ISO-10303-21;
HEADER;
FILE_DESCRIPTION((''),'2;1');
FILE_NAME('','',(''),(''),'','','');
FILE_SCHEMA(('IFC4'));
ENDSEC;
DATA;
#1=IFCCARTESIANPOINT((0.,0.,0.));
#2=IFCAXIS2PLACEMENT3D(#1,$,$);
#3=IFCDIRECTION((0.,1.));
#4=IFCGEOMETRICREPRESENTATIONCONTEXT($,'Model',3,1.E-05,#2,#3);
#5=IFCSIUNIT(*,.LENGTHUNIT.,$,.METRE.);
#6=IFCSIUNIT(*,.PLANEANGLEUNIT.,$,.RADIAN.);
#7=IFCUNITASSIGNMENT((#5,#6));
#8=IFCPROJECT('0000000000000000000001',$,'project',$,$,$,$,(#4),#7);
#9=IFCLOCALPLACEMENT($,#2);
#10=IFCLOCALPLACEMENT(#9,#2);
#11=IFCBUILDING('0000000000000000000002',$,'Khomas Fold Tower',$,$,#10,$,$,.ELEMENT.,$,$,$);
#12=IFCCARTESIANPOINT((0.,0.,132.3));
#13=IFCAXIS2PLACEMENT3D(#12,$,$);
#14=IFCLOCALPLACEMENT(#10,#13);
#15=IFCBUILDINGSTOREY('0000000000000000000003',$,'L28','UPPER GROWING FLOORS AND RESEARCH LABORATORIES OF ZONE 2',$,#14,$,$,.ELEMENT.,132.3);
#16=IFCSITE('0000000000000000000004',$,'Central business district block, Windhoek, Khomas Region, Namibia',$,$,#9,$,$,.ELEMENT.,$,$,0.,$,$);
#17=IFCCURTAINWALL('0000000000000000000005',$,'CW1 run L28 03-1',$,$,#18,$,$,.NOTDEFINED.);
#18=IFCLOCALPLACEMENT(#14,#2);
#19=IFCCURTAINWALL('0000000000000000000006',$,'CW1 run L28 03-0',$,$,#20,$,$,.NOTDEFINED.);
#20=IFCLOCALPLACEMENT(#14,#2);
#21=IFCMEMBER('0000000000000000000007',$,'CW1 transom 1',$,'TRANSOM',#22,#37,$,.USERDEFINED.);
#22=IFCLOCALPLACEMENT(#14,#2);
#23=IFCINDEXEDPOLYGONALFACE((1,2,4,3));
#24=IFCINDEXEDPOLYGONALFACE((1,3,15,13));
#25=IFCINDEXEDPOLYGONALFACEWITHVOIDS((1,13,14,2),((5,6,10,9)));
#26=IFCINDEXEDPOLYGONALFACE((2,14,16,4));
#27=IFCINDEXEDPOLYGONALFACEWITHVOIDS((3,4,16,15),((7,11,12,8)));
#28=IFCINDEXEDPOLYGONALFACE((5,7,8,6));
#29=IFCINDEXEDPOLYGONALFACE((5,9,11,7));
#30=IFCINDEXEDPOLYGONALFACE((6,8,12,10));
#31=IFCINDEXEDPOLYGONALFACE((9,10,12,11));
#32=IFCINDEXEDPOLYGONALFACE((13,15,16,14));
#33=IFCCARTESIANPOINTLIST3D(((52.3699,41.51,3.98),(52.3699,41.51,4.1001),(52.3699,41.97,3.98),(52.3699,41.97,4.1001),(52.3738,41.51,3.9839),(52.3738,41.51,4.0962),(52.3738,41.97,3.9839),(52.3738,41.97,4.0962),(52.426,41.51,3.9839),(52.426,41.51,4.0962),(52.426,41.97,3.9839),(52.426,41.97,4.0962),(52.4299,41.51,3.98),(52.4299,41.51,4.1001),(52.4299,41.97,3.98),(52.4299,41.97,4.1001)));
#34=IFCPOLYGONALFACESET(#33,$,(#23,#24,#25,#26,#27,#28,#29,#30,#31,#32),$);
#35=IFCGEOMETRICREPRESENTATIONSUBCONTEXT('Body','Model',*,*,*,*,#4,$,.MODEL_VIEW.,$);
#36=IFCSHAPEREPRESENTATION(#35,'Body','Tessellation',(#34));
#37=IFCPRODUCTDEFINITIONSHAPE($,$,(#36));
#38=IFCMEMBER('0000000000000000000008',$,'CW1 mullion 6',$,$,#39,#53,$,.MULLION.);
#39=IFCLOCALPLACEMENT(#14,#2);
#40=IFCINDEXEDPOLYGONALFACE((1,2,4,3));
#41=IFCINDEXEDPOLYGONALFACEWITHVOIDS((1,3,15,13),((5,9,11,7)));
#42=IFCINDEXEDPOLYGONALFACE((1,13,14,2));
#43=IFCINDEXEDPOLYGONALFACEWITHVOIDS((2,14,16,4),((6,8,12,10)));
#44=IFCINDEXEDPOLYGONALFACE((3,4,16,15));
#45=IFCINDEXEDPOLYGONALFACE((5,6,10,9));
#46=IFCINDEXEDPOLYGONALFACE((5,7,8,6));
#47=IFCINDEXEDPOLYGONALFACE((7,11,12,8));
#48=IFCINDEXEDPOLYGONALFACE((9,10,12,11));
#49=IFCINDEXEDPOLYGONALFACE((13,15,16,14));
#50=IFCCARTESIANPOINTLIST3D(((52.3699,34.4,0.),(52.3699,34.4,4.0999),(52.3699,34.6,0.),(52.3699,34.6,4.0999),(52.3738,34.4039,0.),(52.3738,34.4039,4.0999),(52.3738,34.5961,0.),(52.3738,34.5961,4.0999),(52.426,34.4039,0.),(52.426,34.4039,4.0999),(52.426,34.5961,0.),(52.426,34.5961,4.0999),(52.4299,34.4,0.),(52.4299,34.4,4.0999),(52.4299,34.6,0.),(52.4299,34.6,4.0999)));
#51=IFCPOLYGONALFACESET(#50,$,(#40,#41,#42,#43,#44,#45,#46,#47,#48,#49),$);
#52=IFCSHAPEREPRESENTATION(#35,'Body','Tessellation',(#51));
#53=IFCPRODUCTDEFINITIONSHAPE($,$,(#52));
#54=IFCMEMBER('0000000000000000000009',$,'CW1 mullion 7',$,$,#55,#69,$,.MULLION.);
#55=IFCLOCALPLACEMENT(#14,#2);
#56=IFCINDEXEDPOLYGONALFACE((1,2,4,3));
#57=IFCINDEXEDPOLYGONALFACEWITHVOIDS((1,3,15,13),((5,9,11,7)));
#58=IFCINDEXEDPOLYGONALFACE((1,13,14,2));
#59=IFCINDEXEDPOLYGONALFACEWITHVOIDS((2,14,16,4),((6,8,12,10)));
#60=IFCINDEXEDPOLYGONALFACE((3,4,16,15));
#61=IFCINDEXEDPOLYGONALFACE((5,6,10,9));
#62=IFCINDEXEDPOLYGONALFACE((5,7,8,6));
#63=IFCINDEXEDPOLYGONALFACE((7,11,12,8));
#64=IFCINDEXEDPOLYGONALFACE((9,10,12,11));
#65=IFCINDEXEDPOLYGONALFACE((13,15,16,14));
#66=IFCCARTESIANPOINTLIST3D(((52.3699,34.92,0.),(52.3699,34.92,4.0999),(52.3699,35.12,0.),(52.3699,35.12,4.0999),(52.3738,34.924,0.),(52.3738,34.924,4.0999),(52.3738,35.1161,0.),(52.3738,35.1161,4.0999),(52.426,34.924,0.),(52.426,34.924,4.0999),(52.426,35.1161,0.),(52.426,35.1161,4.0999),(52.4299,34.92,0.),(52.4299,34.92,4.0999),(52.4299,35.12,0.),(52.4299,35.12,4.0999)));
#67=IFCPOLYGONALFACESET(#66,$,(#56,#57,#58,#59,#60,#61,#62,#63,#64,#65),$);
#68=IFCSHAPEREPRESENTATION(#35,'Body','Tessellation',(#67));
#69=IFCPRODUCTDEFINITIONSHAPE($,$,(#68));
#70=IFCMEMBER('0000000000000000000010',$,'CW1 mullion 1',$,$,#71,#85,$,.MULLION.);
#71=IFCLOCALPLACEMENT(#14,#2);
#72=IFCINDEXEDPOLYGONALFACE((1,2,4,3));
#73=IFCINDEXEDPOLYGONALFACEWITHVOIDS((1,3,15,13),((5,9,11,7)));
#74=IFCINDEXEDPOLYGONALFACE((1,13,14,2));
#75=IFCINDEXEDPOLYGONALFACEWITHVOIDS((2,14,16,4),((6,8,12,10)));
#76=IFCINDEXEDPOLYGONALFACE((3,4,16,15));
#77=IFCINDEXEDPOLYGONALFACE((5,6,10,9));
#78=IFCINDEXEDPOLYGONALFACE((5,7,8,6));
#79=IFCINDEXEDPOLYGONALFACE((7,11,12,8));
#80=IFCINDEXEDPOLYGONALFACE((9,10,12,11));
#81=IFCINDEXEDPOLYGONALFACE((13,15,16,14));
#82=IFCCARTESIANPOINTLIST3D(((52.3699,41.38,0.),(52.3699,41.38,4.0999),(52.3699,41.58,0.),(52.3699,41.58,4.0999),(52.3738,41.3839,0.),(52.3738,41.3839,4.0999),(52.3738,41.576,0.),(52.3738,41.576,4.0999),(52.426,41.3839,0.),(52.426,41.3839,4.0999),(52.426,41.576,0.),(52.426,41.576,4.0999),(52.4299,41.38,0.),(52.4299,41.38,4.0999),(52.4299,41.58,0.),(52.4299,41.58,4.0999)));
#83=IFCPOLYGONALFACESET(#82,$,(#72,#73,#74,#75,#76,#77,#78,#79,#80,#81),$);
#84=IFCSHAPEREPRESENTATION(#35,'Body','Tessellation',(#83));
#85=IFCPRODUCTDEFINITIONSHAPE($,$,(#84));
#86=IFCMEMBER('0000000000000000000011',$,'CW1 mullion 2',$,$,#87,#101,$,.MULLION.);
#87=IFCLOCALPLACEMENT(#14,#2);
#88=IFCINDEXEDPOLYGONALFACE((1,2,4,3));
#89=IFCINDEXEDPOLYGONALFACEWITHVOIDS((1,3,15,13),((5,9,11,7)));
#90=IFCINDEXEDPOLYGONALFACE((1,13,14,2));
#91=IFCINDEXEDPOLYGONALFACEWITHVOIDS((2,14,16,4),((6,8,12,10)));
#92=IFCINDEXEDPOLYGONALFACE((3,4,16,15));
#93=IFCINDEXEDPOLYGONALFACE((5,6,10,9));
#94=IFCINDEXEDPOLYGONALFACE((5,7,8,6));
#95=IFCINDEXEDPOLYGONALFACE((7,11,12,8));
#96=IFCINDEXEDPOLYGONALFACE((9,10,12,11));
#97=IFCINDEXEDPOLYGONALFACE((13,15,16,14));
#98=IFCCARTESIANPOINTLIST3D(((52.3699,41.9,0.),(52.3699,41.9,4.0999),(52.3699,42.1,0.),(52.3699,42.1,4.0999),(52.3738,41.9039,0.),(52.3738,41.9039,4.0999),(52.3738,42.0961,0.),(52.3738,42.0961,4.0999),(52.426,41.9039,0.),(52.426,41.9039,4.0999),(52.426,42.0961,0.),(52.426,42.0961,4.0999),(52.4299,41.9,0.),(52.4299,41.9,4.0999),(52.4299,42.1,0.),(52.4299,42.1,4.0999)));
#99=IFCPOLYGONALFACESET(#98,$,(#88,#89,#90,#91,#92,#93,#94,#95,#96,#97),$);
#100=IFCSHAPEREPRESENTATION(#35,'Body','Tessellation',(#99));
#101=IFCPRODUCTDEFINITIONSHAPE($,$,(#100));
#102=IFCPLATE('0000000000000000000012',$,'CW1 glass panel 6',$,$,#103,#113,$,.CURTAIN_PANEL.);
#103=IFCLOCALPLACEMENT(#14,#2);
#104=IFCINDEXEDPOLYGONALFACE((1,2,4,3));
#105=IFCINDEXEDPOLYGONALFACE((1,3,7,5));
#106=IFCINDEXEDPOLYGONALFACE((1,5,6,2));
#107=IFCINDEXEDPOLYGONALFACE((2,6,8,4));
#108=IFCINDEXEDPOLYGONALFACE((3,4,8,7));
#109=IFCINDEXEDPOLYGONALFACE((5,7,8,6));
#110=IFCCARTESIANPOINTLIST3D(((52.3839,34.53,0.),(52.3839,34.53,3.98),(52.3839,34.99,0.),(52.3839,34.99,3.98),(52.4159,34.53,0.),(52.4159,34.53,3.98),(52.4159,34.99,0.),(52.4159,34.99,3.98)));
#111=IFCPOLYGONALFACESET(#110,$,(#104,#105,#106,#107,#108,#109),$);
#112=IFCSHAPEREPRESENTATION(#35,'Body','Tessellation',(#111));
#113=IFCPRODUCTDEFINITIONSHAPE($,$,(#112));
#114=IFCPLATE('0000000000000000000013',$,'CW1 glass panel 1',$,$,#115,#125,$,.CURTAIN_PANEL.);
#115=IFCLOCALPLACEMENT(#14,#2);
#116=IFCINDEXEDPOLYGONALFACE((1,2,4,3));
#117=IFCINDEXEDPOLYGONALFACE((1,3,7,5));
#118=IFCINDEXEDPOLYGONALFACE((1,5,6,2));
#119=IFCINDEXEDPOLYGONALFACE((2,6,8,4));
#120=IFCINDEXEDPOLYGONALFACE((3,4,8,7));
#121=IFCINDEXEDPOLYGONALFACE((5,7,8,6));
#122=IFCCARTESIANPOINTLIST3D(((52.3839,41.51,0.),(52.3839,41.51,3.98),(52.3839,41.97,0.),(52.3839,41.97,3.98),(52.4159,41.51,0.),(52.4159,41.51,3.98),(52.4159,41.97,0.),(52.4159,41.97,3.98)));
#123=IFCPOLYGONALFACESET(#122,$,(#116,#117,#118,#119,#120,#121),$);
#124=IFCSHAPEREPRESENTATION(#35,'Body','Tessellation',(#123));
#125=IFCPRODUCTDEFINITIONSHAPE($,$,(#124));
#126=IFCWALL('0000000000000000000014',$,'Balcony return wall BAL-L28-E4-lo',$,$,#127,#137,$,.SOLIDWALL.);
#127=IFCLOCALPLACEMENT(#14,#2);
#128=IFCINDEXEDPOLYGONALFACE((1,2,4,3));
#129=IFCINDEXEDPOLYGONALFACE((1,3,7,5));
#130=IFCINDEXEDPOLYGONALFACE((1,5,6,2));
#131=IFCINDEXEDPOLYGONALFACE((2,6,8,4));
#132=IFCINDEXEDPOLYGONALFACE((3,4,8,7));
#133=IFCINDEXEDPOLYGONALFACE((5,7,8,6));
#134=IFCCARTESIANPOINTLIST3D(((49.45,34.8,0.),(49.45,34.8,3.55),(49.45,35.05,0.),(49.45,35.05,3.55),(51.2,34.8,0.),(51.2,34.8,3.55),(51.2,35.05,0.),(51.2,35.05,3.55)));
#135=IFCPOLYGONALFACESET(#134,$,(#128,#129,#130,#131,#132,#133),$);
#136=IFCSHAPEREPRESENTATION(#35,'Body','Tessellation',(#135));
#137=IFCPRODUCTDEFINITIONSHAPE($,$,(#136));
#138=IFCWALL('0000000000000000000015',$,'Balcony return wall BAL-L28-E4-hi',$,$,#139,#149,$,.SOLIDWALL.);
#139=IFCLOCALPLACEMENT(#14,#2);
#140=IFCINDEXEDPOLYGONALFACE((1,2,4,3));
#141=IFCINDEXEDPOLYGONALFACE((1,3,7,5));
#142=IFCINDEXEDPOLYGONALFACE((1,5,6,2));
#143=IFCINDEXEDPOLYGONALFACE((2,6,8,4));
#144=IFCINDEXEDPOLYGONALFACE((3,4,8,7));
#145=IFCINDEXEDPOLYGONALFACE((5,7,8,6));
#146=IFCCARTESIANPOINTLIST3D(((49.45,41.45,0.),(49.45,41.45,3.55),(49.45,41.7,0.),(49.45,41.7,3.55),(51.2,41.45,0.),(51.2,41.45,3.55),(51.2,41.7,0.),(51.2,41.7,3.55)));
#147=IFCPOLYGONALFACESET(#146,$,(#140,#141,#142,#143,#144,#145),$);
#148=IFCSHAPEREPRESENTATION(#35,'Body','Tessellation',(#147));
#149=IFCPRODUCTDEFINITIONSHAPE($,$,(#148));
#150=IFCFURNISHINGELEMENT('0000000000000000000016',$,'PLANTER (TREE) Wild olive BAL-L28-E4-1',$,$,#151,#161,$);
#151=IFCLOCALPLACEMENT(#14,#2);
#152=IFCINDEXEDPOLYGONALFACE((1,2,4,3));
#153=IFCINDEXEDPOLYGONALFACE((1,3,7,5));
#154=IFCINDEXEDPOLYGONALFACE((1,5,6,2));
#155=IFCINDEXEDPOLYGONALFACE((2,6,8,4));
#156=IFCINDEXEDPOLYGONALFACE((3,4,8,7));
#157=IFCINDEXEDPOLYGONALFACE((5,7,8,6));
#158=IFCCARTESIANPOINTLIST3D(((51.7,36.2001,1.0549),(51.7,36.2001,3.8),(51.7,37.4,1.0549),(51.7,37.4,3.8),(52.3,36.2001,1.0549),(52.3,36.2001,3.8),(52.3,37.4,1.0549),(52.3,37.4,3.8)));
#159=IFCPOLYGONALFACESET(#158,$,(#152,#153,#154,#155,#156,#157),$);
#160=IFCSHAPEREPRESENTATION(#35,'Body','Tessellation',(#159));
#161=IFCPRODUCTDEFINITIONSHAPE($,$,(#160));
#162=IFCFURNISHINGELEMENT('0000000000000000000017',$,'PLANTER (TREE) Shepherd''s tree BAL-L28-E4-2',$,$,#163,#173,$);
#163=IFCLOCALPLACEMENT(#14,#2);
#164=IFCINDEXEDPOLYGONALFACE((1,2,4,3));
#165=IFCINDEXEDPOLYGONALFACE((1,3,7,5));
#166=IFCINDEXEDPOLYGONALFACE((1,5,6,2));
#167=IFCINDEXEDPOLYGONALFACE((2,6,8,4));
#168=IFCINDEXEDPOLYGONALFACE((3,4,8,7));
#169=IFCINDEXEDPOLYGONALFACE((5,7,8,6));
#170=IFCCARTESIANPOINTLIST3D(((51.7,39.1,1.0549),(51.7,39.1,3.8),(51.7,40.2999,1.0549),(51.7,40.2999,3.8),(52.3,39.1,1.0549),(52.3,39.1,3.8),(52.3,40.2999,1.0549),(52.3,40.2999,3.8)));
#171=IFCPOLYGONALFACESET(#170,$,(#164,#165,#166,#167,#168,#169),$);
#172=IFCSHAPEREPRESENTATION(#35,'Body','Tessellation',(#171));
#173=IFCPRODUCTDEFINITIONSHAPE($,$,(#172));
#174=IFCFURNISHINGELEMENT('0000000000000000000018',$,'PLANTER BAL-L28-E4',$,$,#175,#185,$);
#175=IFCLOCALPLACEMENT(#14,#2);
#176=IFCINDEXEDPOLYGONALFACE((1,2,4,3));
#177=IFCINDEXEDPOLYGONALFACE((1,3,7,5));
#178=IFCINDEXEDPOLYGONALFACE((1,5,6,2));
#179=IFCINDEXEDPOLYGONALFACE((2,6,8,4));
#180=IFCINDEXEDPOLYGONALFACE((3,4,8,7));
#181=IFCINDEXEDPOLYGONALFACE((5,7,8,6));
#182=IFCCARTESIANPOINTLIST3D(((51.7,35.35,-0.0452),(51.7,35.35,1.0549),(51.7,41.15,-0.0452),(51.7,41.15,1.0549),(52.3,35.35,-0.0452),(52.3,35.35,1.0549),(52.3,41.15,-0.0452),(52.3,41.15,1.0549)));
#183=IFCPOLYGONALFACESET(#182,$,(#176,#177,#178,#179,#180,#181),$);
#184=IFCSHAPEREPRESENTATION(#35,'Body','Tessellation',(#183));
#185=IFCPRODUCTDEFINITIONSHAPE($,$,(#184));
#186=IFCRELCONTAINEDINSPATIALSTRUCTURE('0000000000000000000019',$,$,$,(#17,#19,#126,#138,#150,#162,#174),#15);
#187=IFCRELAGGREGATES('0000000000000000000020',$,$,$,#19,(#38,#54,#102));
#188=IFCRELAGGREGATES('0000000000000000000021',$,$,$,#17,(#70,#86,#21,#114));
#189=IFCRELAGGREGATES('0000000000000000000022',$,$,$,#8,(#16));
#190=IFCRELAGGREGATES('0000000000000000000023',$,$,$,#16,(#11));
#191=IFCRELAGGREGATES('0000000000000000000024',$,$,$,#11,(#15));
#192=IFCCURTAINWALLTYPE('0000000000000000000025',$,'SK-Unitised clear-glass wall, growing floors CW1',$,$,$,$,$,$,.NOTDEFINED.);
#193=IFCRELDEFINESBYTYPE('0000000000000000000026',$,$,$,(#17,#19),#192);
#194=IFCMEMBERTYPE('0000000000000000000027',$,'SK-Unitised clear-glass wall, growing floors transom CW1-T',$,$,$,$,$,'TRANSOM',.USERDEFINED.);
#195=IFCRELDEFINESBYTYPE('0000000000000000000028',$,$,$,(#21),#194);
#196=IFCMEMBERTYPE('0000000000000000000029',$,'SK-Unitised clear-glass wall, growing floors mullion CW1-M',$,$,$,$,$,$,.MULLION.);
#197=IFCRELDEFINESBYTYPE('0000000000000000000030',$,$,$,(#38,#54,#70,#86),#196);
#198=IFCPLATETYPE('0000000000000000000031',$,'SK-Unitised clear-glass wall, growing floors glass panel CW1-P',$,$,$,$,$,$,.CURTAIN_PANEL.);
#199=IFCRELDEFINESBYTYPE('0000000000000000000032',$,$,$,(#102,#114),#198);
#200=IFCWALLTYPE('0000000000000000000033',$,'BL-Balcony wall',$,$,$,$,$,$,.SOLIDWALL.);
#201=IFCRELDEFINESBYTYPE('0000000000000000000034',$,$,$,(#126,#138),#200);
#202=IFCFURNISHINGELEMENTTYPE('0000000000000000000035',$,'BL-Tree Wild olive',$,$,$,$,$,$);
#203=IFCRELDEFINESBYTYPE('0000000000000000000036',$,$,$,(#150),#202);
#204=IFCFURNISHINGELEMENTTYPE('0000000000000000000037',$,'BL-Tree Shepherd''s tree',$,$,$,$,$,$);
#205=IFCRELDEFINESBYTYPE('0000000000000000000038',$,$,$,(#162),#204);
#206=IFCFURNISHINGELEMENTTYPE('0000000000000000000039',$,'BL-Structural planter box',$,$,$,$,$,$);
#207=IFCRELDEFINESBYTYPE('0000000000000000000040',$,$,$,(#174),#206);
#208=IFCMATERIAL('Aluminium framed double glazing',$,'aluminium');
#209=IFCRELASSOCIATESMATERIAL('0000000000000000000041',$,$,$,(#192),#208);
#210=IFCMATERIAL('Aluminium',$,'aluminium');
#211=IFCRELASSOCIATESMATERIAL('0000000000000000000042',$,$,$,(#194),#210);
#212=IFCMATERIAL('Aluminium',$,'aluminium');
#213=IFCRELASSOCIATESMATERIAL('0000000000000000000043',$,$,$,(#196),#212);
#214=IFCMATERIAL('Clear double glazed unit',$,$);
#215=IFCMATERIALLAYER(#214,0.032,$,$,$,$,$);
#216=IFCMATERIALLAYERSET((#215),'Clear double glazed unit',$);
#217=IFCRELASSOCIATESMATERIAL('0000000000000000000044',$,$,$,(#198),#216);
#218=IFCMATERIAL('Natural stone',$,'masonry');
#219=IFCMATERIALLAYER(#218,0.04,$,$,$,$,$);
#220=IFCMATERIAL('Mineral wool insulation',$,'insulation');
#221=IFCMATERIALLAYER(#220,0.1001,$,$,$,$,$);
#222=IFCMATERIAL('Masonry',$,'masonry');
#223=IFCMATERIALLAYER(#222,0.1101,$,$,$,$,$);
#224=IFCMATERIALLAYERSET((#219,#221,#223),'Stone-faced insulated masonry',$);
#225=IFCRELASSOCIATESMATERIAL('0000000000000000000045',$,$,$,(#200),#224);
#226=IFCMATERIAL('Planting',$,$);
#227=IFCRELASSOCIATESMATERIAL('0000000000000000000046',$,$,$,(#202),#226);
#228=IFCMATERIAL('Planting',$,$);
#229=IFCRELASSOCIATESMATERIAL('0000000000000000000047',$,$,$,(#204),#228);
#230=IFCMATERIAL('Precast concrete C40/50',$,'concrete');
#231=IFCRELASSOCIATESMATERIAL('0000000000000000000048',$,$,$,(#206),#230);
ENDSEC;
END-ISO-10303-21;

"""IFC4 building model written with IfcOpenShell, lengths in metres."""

from ifc_helpers import new_model, si_unit, direction, frame, frame_2d, origin, origin_2d, place, context, subcontext, project, spatial, rectangle, hollow_rectangle, extrude, source, transform, mapped, material, layer, layer_set, material_profile, profile_set, type_object, element, aggregate, save


model = new_model("IFC4")

# Units and contexts
model_context = context("Model", 3, precision=1e-05, world=origin(), true_north=direction((0.0, 1.0)))
body_context = subcontext(model_context, "Body", "Model", "MODEL_VIEW")
ifc_project = project(units=[si_unit("LENGTHUNIT", "METRE"), si_unit("PLANEANGLEUNIT", "RADIAN")], contexts=[model_context])

# Site, building, storey
site_placement = place(None, origin())
site = spatial("IfcSite", under=ifc_project, at=site_placement, Name="Central business district block, Windhoek, Khomas Region, Namibia", CompositionType="ELEMENT", RefElevation=0.0)
building_placement = place(site_placement, origin())
building = spatial("IfcBuilding", under=site, at=building_placement, Name="Khomas Fold Tower", CompositionType="ELEMENT")
storey_placement = place(building_placement, frame((0.0, 0.0, 132.3)))
storey = spatial("IfcBuildingStorey", under=building, at=storey_placement, Name="L28", Description="UPPER GROWING FLOORS AND RESEARCH LABORATORIES OF ZONE 2", CompositionType="ELEMENT", Elevation=132.3)

# Curtain walls
ifc_material_1 = material(Name="Aluminium framed double glazing", Category="aluminium")
curtain_wall_type = type_object("IfcCurtainWallType", Name="SK-Unitised clear-glass wall, growing floors CW1", PredefinedType="NOTDEFINED", material=ifc_material_1)
curtain_wall_1_placement = place(storey_placement, origin())
curtain_wall_1 = element("IfcCurtainWall", 1, at=curtain_wall_1_placement, inside=storey, type_object=curtain_wall_type, Name="CW1 run L28 03-1", PredefinedType="NOTDEFINED")
ifc_material_2 = material(Name="Aluminium", Category="aluminium")
ifc_material_profile_1 = material_profile(ifc_material_2, hollow_rectangle(XDim=0.0601, YDim=0.1201, WallThickness=0.0039, at=origin_2d()), Name="SK-Unitised clear-glass wall, growing floors transom CW1-T")
ifc_profile_set_1 = profile_set([ifc_material_profile_1], Name="Aluminium")
member_type_1 = type_object("IfcMemberType", Name="SK-Unitised clear-glass wall, growing floors transom CW1-T", ElementType="TRANSOM", PredefinedType="USERDEFINED", material=ifc_profile_set_1)
curtain_wall_2_placement = place(storey_placement, origin())
curtain_wall_2 = element("IfcCurtainWall", 2, at=curtain_wall_2_placement, inside=storey, type_object=curtain_wall_type, Name="CW1 run L28 03-0", PredefinedType="NOTDEFINED")
shared_shape_1 = source(origin(), body_context, "Body", "SweptSolid", [
    extrude(hollow_rectangle(XDim=0.0601, YDim=0.1201, WallThickness=0.0039, at=origin_2d()), origin(), (0.0, 0.0, 1.0), 0.46),
])

# Members
member_1_placement = place(storey_placement, frame((52.3999, 41.51, 4.04), z_axis=(0.0, 1.0, 0.0), x_axis=(-1.0, 0.0, 0.0)))
member_1 = element("IfcMember", 3, at=member_1_placement, type_object=member_type_1, Name="CW1 transom 1", ObjectType="TRANSOM", PredefinedType="USERDEFINED", context=body_context, shape_type="MappedRepresentation", body=[
    mapped(shared_shape_1, transform((0.0, 0.0, 0.0))),
])
ifc_material_3 = material(Name="Aluminium", Category="aluminium")
ifc_material_profile_2 = material_profile(ifc_material_3, hollow_rectangle(XDim=0.0601, YDim=0.2, WallThickness=0.0039, at=origin_2d()), Name="SK-Unitised clear-glass wall, growing floors mullion CW1-M")
ifc_profile_set_2 = profile_set([ifc_material_profile_2], Name="Aluminium")
member_type_2 = type_object("IfcMemberType", Name="SK-Unitised clear-glass wall, growing floors mullion CW1-M", PredefinedType="MULLION", material=ifc_profile_set_2)
shared_shape_2 = source(origin(), body_context, "Body", "SweptSolid", [
    extrude(hollow_rectangle(XDim=0.0601, YDim=0.2, WallThickness=0.0039, at=origin_2d()), origin(), (0.0, 0.0, 1.0), 4.0999),
])
member_2_placement = place(storey_placement, frame((52.3999, 34.5, 0.0), z_axis=(0.0, 0.0, 1.0), x_axis=(-1.0, 0.0, 0.0)))
member_2 = element("IfcMember", 4, at=member_2_placement, type_object=member_type_2, Name="CW1 mullion 6", PredefinedType="MULLION", context=body_context, shape_type="MappedRepresentation", body=[
    mapped(shared_shape_2, transform((0.0, 0.0, 0.0))),
])
member_3_placement = place(storey_placement, frame((52.3999, 35.02, 0.0), z_axis=(0.0, 0.0, 1.0), x_axis=(-1.0, 0.0, 0.0)))
member_3 = element("IfcMember", 5, at=member_3_placement, type_object=member_type_2, Name="CW1 mullion 7", PredefinedType="MULLION", context=body_context, shape_type="MappedRepresentation", body=[
    mapped(shared_shape_2, transform((0.0, 0.0, 0.0))),
])
member_4_placement = place(storey_placement, frame((52.3999, 41.48, 0.0), z_axis=(0.0, 0.0, 1.0), x_axis=(-1.0, 0.0, 0.0)))
member_4 = element("IfcMember", 6, at=member_4_placement, type_object=member_type_2, Name="CW1 mullion 1", PredefinedType="MULLION", context=body_context, shape_type="MappedRepresentation", body=[
    mapped(shared_shape_2, transform((0.0, 0.0, 0.0))),
])
member_5_placement = place(storey_placement, frame((52.3999, 42.0, 0.0), z_axis=(0.0, 0.0, 1.0), x_axis=(-1.0, 0.0, 0.0)))
member_5 = element("IfcMember", 7, at=member_5_placement, type_object=member_type_2, Name="CW1 mullion 2", PredefinedType="MULLION", context=body_context, shape_type="MappedRepresentation", body=[
    mapped(shared_shape_2, transform((0.0, 0.0, 0.0))),
])

# Plates
ifc_material_4 = material(Name="Clear double glazed unit")
ifc_layer_1 = layer(ifc_material_4, 0.032)
ifc_layer_set_1 = layer_set([ifc_layer_1], Name="Clear double glazed unit")
plate_type = type_object("IfcPlateType", Name="SK-Unitised clear-glass wall, growing floors glass panel CW1-P", PredefinedType="CURTAIN_PANEL", material=ifc_layer_set_1)
shared_shape_3 = source(origin(), body_context, "Body", "SweptSolid", [
    extrude(rectangle(XDim=0.46, YDim=0.032, at=origin_2d()), origin(), (0.0, 0.0, 1.0), 3.98),
])
plate_1_placement = place(storey_placement, frame((52.3999, 34.76, 0.0), z_axis=(0.0, 0.0, 1.0), x_axis=(0.0, 1.0, 0.0)))
plate_1 = element("IfcPlate", 8, at=plate_1_placement, type_object=plate_type, Name="CW1 glass panel 6", PredefinedType="CURTAIN_PANEL", context=body_context, shape_type="MappedRepresentation", body=[
    mapped(shared_shape_3, transform((0.0, 0.0, 0.0))),
])
aggregate(curtain_wall_2, [member_2, member_3, plate_1])
plate_2_placement = place(storey_placement, frame((52.3999, 41.74, 0.0), z_axis=(0.0, 0.0, 1.0), x_axis=(0.0, 1.0, 0.0)))
plate_2 = element("IfcPlate", 9, at=plate_2_placement, type_object=plate_type, Name="CW1 glass panel 1", PredefinedType="CURTAIN_PANEL", context=body_context, shape_type="MappedRepresentation", body=[
    mapped(shared_shape_3, transform((0.0, 0.0, 0.0))),
])
aggregate(curtain_wall_1, [member_4, member_5, member_1, plate_2])

# Shared definitions
ifc_material_5 = material(Name="Natural stone", Category="masonry")
ifc_layer_2 = layer(ifc_material_5, 0.04)
ifc_material_6 = material(Name="Mineral wool insulation", Category="insulation")
ifc_layer_3 = layer(ifc_material_6, 0.1001)
ifc_material_7 = material(Name="Masonry", Category="masonry")
ifc_layer_4 = layer(ifc_material_7, 0.1101)
ifc_layer_set_2 = layer_set([ifc_layer_2, ifc_layer_3, ifc_layer_4], Name="Stone-faced insulated masonry")
wall_type = type_object("IfcWallType", Name="BL-Balcony wall", PredefinedType="SOLIDWALL", material=ifc_layer_set_2)

# Walls
shared_shape_4 = source(origin(), body_context, "Body", "SweptSolid", [
    extrude(rectangle(XDim=1.75, YDim=0.25, at=frame_2d((0.875, 0.0))), origin(), (0.0, 0.0, 1.0), 3.55),
])
for number, where, z_axis, x_axis, name in (
    (10, (51.2, 34.925, 0.0), (0.0, 0.0, 1.0), (-1.0, 0.0, 0.0), "Balcony return wall BAL-L28-E4-lo"),
    (11, (51.2, 41.575, 0.0), (0.0, 0.0, 1.0), (-1.0, 0.0, 0.0), "Balcony return wall BAL-L28-E4-hi"),
):
    element("IfcWall", number, at=place(storey_placement, frame(where, z_axis=z_axis, x_axis=x_axis)), inside=storey, type_object=wall_type, Name=name, PredefinedType="SOLIDWALL", context=body_context, shape_type="MappedRepresentation", body=[
        mapped(shared_shape_4, transform((0.0, 0.0, 0.0))),
    ])

# Furnishing elements
ifc_material_8 = material(Name="Planting")
furnishing_element_type_1 = type_object("IfcFurnishingElementType", Name="BL-Tree Wild olive", material=ifc_material_8)
shared_shape_5 = source(origin(), body_context, "Body", "SweptSolid", [
    extrude(rectangle(XDim=1.2, YDim=0.6001, at=origin_2d()), origin(), (0.0, 0.0, 1.0), 2.7451),
])
furnishing_1_placement = place(storey_placement, frame((52.0, 36.8, 1.0549), z_axis=(0.0, 0.0, 1.0), x_axis=(0.0, 1.0, 0.0)))
element("IfcFurnishingElement", 12, at=furnishing_1_placement, inside=storey, type_object=furnishing_element_type_1, Name="PLANTER (TREE) Wild olive BAL-L28-E4-1", context=body_context, shape_type="MappedRepresentation", body=[
    mapped(shared_shape_5, transform((0.0, 0.0, 0.0))),
])
ifc_material_9 = material(Name="Planting")
furnishing_element_type_2 = type_object("IfcFurnishingElementType", Name="BL-Tree Shepherd's tree", material=ifc_material_9)
furnishing_2_placement = place(storey_placement, frame((52.0, 39.7, 1.0549), z_axis=(0.0, 0.0, 1.0), x_axis=(0.0, 1.0, 0.0)))
element("IfcFurnishingElement", 13, at=furnishing_2_placement, inside=storey, type_object=furnishing_element_type_2, Name="PLANTER (TREE) Shepherd's tree BAL-L28-E4-2", context=body_context, shape_type="MappedRepresentation", body=[
    mapped(shared_shape_5, transform((0.0, 0.0, 0.0))),
])
ifc_material_10 = material(Name="Precast concrete C40/50", Category="concrete")
furnishing_element_type_3 = type_object("IfcFurnishingElementType", Name="BL-Structural planter box", material=ifc_material_10)
shared_shape_6 = source(origin(), body_context, "Body", "SweptSolid", [
    extrude(rectangle(XDim=5.8, YDim=0.6001, at=origin_2d()), origin(), (0.0, 0.0, 1.0), 1.1001),
])
furnishing_3_placement = place(storey_placement, frame((52.0, 38.25, -0.0452), z_axis=(0.0, 0.0, 1.0), x_axis=(0.0, 1.0, 0.0)))
element("IfcFurnishingElement", 14, at=furnishing_3_placement, inside=storey, type_object=furnishing_element_type_3, Name="PLANTER BAL-L28-E4", context=body_context, shape_type="MappedRepresentation", body=[
    mapped(shared_shape_6, transform((0.0, 0.0, 0.0))),
])

save(model, "model.ifc")
